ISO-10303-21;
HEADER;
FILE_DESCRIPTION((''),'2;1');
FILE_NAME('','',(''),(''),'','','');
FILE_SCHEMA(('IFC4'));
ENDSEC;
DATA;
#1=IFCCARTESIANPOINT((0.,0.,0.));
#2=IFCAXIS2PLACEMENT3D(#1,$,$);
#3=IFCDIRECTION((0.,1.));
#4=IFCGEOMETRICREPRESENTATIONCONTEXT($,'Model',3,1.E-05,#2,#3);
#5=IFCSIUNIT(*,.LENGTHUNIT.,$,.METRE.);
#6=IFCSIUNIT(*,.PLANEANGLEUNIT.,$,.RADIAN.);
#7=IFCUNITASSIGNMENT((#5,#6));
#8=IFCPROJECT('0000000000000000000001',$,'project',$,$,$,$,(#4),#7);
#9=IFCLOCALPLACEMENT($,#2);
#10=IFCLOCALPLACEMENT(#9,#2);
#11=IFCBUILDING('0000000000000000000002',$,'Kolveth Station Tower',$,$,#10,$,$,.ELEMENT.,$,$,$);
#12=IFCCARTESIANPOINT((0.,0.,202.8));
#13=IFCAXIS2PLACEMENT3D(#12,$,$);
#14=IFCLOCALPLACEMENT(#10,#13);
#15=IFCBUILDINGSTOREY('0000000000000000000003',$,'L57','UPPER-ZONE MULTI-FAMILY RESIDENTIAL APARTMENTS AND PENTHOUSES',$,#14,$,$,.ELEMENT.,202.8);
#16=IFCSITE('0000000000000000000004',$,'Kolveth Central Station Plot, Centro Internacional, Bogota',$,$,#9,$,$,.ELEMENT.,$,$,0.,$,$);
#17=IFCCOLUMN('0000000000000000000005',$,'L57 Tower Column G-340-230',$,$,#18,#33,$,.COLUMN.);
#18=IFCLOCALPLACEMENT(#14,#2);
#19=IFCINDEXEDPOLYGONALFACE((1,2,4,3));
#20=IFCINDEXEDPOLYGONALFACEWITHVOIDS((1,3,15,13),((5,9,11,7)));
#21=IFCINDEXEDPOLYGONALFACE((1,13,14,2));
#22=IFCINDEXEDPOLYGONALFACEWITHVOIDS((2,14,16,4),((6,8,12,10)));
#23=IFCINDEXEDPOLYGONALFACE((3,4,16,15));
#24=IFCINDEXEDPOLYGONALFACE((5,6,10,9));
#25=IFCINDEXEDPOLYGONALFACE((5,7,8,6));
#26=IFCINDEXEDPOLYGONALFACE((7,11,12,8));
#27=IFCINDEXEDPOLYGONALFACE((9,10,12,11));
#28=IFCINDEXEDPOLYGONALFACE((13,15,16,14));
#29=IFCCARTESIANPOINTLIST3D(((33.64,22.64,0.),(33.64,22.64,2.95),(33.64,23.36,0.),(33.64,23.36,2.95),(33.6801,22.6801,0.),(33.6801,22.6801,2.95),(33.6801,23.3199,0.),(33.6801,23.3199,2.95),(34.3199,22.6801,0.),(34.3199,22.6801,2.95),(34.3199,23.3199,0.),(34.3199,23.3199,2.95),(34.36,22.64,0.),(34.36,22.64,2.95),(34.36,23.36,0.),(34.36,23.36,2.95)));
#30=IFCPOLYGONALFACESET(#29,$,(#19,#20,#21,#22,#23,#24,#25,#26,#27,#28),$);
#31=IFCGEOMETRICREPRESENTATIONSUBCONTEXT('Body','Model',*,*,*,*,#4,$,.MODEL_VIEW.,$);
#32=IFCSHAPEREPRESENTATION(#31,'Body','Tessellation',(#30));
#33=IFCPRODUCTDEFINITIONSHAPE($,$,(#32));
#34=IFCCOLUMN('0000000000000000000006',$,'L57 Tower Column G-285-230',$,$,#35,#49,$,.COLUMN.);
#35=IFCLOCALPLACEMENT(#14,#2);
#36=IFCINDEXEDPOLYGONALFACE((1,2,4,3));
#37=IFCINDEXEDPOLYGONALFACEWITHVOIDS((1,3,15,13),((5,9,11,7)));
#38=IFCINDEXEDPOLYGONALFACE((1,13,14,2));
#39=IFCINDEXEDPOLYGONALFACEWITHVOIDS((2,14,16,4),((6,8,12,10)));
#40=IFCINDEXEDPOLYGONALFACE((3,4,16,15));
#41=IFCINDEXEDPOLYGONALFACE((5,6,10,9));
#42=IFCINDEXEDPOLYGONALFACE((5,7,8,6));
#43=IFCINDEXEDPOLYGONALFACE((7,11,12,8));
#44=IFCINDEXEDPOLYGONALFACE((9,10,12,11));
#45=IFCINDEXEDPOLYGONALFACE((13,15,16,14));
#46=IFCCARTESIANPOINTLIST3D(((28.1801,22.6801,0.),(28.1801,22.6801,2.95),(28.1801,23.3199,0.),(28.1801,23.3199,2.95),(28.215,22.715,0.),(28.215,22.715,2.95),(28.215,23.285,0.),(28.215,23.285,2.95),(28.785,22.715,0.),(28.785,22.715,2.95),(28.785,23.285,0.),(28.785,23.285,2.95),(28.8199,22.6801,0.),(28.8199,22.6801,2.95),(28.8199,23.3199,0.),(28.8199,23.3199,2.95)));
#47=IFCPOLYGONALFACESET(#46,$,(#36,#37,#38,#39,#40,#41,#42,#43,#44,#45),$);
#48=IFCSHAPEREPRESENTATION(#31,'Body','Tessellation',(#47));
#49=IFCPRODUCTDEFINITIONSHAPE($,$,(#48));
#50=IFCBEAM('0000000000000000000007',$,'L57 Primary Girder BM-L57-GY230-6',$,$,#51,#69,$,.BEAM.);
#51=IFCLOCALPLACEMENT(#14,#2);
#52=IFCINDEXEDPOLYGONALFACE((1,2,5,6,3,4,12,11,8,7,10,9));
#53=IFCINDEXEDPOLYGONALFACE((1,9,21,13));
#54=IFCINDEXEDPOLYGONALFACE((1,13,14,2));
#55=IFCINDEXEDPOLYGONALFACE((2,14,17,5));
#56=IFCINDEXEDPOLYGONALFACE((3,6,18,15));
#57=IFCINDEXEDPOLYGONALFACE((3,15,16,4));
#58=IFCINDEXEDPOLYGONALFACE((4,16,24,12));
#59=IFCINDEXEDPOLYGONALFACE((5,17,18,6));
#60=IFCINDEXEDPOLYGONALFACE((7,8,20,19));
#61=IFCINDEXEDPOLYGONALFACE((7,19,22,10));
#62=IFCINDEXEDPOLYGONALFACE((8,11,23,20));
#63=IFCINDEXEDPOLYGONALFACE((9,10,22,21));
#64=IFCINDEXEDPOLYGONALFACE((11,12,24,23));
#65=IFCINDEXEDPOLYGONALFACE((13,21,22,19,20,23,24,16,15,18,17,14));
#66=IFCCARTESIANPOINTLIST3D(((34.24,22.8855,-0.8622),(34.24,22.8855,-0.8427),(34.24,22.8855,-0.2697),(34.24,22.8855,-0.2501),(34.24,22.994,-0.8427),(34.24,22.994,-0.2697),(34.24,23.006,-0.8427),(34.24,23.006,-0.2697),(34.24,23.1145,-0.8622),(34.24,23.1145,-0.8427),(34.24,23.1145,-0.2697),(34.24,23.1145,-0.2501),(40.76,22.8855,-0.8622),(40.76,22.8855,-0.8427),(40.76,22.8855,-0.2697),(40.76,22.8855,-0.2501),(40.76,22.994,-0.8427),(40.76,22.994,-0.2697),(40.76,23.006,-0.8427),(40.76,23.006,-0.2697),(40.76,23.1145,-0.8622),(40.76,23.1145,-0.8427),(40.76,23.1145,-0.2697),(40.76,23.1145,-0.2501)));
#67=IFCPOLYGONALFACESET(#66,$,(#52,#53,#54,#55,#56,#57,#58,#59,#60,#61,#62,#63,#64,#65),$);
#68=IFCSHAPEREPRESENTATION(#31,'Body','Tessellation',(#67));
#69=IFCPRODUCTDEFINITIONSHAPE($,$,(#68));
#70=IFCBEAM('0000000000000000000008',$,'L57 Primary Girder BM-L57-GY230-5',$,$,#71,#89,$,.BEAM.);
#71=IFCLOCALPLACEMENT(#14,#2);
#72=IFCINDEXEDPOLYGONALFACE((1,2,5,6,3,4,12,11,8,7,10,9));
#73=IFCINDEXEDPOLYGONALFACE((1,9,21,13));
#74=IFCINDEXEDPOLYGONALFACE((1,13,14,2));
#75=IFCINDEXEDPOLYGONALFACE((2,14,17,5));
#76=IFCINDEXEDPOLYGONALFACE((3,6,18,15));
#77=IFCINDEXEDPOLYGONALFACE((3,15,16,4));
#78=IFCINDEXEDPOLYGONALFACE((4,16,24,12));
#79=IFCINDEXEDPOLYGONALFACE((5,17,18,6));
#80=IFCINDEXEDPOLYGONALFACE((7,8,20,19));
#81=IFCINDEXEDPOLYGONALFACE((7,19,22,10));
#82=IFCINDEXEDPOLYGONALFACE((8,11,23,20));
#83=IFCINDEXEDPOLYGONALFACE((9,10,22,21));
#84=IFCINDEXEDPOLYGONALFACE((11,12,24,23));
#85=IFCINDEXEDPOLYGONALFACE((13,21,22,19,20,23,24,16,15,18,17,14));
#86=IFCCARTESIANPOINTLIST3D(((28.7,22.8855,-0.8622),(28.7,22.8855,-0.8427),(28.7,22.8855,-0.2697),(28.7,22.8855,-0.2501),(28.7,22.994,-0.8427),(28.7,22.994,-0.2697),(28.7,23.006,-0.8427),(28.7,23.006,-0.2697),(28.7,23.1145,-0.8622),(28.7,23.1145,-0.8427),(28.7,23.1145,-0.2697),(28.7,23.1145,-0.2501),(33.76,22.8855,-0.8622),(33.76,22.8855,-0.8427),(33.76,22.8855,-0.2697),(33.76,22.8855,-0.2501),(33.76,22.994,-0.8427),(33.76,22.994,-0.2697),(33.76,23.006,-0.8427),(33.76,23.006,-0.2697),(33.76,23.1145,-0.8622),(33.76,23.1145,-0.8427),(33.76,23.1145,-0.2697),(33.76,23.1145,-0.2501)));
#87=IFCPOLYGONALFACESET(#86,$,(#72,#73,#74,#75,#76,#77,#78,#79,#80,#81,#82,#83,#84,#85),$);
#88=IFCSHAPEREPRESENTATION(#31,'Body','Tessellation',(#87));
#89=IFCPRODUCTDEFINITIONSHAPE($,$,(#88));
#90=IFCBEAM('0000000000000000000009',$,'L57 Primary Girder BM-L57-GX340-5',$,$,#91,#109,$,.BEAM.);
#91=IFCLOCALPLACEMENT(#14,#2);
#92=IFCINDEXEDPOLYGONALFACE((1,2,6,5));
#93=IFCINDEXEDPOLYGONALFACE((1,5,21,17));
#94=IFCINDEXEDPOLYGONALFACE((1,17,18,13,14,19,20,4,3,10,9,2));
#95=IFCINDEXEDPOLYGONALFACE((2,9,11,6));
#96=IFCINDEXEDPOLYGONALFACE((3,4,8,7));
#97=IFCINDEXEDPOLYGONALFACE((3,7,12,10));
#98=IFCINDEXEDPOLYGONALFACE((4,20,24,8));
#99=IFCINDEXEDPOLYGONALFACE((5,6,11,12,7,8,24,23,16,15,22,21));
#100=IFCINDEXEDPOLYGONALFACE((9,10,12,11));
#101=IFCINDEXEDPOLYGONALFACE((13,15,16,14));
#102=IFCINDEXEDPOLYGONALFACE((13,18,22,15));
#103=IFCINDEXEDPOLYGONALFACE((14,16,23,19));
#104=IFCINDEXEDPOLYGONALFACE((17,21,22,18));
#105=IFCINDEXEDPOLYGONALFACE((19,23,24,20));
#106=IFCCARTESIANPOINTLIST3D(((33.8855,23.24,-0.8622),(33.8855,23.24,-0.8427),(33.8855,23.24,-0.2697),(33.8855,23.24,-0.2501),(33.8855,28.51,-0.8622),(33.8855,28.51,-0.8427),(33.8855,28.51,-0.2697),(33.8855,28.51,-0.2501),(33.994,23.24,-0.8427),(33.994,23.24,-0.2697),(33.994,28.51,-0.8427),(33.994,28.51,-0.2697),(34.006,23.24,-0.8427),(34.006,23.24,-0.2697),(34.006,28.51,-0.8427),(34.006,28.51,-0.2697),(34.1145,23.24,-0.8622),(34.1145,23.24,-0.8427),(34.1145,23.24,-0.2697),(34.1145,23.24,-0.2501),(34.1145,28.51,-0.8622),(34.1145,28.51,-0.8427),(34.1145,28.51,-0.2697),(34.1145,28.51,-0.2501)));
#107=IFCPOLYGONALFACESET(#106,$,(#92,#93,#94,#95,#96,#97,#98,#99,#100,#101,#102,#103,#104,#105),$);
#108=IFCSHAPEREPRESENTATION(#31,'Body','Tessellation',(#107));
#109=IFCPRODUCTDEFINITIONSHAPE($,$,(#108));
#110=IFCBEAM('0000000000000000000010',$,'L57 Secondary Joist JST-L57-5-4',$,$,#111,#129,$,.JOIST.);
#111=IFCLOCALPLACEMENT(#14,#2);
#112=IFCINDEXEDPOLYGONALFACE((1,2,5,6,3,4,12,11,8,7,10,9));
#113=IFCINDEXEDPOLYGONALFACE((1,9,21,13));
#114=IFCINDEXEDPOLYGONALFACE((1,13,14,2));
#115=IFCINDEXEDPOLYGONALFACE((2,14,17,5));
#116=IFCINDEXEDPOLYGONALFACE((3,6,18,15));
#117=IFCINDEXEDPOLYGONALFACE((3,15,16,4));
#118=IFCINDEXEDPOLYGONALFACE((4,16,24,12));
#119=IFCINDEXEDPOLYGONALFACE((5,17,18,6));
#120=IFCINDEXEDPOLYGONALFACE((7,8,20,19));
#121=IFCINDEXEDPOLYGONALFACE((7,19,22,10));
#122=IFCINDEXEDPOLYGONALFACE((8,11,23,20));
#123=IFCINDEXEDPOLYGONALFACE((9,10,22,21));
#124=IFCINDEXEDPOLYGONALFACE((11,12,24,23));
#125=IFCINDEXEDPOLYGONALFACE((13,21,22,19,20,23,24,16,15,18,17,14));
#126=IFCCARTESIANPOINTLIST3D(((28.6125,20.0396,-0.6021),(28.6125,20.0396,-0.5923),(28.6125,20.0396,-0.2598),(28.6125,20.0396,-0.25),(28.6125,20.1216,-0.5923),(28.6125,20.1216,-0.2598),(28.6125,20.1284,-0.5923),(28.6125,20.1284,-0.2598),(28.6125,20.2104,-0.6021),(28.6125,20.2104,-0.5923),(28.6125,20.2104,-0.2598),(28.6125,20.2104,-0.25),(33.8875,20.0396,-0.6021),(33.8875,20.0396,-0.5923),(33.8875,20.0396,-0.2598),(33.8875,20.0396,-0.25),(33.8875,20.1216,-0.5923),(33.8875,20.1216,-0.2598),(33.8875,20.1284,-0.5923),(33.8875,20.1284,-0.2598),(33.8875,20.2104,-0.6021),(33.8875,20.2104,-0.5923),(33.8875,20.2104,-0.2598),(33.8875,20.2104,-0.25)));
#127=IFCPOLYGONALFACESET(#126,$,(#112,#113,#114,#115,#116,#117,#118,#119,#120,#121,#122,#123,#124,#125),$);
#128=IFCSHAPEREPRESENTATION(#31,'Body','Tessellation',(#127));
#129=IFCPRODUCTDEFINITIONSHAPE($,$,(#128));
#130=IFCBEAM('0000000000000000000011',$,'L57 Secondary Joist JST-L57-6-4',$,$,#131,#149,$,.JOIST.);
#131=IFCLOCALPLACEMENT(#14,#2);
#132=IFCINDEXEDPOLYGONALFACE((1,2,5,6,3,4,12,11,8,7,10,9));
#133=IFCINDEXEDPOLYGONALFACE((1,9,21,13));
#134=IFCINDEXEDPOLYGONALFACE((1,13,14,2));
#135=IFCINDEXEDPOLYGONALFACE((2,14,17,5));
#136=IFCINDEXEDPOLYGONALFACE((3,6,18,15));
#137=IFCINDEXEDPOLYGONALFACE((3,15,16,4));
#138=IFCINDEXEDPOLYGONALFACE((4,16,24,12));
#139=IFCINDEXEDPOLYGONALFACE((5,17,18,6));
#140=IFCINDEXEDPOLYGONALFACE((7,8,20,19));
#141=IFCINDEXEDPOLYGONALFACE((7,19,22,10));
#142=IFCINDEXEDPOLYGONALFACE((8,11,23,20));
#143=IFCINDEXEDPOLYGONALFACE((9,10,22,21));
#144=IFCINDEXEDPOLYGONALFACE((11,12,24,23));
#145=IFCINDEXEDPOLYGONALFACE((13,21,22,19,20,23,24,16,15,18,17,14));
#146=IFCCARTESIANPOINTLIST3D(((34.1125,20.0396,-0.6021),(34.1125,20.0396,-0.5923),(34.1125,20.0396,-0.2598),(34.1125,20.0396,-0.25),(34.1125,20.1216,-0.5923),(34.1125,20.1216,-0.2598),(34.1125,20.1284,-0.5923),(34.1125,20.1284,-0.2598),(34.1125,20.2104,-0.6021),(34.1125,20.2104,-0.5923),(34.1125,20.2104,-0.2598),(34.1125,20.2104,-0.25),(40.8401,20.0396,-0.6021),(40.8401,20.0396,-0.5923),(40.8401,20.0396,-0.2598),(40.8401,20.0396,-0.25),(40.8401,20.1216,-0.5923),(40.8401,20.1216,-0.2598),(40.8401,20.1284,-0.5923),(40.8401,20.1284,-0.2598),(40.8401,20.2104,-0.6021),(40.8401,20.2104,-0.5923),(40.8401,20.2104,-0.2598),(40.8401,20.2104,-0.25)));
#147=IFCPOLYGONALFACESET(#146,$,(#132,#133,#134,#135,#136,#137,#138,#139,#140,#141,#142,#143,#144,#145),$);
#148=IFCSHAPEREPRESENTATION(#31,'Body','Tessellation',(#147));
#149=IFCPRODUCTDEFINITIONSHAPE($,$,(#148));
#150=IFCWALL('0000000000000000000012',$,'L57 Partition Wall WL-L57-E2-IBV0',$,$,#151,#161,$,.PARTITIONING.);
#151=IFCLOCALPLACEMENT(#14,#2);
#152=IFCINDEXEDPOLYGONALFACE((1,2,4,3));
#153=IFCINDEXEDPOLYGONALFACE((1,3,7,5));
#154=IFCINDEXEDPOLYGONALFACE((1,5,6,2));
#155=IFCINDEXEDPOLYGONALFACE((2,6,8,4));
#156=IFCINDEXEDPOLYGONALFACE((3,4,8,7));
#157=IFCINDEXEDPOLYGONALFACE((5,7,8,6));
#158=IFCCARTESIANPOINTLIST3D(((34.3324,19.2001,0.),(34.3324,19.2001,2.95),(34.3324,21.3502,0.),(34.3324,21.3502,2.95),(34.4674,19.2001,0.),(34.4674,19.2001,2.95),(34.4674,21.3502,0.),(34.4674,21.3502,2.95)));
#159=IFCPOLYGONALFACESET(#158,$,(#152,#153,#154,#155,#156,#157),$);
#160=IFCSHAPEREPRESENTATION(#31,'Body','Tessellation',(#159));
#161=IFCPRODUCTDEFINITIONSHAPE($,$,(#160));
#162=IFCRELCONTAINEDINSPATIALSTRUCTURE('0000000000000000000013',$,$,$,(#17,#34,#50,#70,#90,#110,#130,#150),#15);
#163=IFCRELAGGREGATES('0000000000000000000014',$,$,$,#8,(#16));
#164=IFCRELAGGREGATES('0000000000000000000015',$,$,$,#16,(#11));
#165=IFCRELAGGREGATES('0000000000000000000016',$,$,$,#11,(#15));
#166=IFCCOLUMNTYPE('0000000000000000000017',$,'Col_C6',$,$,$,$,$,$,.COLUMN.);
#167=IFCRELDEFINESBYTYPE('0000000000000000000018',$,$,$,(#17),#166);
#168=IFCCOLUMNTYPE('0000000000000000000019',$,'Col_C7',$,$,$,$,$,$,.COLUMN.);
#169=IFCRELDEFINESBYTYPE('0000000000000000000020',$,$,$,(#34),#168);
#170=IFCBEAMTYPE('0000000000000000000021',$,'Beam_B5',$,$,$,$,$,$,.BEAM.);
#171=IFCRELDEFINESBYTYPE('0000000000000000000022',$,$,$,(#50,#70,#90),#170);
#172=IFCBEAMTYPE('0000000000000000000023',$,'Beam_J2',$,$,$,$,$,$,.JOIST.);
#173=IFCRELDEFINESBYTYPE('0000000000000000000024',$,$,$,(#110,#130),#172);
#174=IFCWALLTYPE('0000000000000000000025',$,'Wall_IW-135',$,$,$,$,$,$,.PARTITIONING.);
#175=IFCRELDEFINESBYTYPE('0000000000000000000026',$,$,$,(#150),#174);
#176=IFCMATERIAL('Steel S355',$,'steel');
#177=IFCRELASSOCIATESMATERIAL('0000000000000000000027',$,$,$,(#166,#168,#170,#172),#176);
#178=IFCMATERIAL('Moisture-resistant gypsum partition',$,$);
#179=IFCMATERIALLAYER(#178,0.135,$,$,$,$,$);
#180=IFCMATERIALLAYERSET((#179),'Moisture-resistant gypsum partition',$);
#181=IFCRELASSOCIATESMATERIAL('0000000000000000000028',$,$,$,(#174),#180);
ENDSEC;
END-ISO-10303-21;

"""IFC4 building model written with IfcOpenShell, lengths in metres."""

from ifc_helpers import new_model, si_unit, direction, frame, frame_2d, origin, origin_2d, place, context, subcontext, project, spatial, rectangle, hollow_rectangle, i_section, extrude, source, transform, mapped, material, layer, layer_set, material_profile, profile_set, type_object, element, save


model = new_model("IFC4")

# Units and contexts
model_context = context("Model", 3, precision=1e-05, world=origin(), true_north=direction((0.0, 1.0)))
body_context = subcontext(model_context, "Body", "Model", "MODEL_VIEW")
ifc_project = project(units=[si_unit("LENGTHUNIT", "METRE"), si_unit("PLANEANGLEUNIT", "RADIAN")], contexts=[model_context])

# Site, building, storey
site_placement = place(None, origin())
site = spatial("IfcSite", under=ifc_project, at=site_placement, Name="Kolveth Central Station Plot, Centro Internacional, Bogota", CompositionType="ELEMENT", RefElevation=0.0)
building_placement = place(site_placement, origin())
building = spatial("IfcBuilding", under=site, at=building_placement, Name="Kolveth Station Tower", CompositionType="ELEMENT")
storey_placement = place(building_placement, frame((0.0, 0.0, 202.8)))
storey = spatial("IfcBuildingStorey", under=building, at=storey_placement, Name="L57", Description="UPPER-ZONE MULTI-FAMILY RESIDENTIAL APARTMENTS AND PENTHOUSES", CompositionType="ELEMENT", Elevation=202.8)

# Columns
ifc_material_1 = material(Name="Steel S355", Category="steel")
ifc_material_profile_1 = material_profile(ifc_material_1, hollow_rectangle(XDim=0.72, YDim=0.72, WallThickness=0.04, at=origin_2d()), Name="BOX720x720x40")
ifc_profile_set_1 = profile_set([ifc_material_profile_1], Name="Steel S355")
column_type_1 = type_object("IfcColumnType", Name="Col_C6", PredefinedType="COLUMN", material=ifc_profile_set_1)
shared_shape_1 = source(origin(), body_context, "Body", "SweptSolid", [
    extrude(hollow_rectangle(XDim=0.72, YDim=0.72, WallThickness=0.04, at=origin_2d()), origin(), (0.0, 0.0, 1.0), 2.95),
])
column_1_placement = place(storey_placement, frame((34.0, 23.0, 0.0), z_axis=(0.0, 0.0, 1.0), x_axis=(1.0, 0.0, 0.0)))
element("IfcColumn", 1, at=column_1_placement, inside=storey, type_object=column_type_1, Name="L57 Tower Column G-340-230", PredefinedType="COLUMN", context=body_context, shape_type="MappedRepresentation", body=[
    mapped(shared_shape_1, transform((0.0, 0.0, 0.0), x_axis=(1.0, 0.0, 0.0), y_axis=(0.0, 1.0, 0.0), z_axis=(0.0, 0.0, 1.0), scale=1.0)),
])
ifc_material_profile_2 = material_profile(ifc_material_1, hollow_rectangle(XDim=0.6399, YDim=0.6399, WallThickness=0.0349, at=origin_2d()), Name="BOX640x640x35")
ifc_profile_set_2 = profile_set([ifc_material_profile_2], Name="Steel S355")
column_type_2 = type_object("IfcColumnType", Name="Col_C7", PredefinedType="COLUMN", material=ifc_profile_set_2)
shared_shape_2 = source(origin(), body_context, "Body", "SweptSolid", [
    extrude(hollow_rectangle(XDim=0.6399, YDim=0.6399, WallThickness=0.0349, at=origin_2d()), origin(), (0.0, 0.0, 1.0), 2.95),
])
column_2_placement = place(storey_placement, frame((28.5, 23.0, 0.0), z_axis=(0.0, 0.0, 1.0), x_axis=(1.0, 0.0, 0.0)))
element("IfcColumn", 2, at=column_2_placement, inside=storey, type_object=column_type_2, Name="L57 Tower Column G-285-230", PredefinedType="COLUMN", context=body_context, shape_type="MappedRepresentation", body=[
    mapped(shared_shape_2, transform((0.0, 0.0, 0.0), x_axis=(1.0, 0.0, 0.0), y_axis=(0.0, 1.0, 0.0), z_axis=(0.0, 0.0, 1.0), scale=1.0)),
])

# Beams
ifc_material_profile_3 = material_profile(ifc_material_1, i_section(OverallWidth=0.229, OverallDepth=0.6121, WebThickness=0.012, FlangeThickness=0.0195, at=origin_2d()), Name="W610x125")
ifc_profile_set_3 = profile_set([ifc_material_profile_3], Name="Steel S355")
beam_type_1 = type_object("IfcBeamType", Name="Beam_B5", PredefinedType="BEAM", material=ifc_profile_set_3)
shared_shape_3 = source(origin(), body_context, "Body", "SweptSolid", [
    extrude(i_section(OverallWidth=0.229, OverallDepth=0.6121, WebThickness=0.012, FlangeThickness=0.0195, at=origin_2d()), origin(), (0.0, 0.0, 1.0), 6.52),
])
beam_1_placement = place(storey_placement, frame((34.24, 23.0, -0.5562), z_axis=(1.0, 0.0, 0.0), x_axis=(0.0, 1.0, 0.0)))
element("IfcBeam", 3, at=beam_1_placement, inside=storey, type_object=beam_type_1, Name="L57 Primary Girder BM-L57-GY230-6", PredefinedType="BEAM", context=body_context, shape_type="MappedRepresentation", body=[
    mapped(shared_shape_3, transform((0.0, 0.0, 0.0), x_axis=(1.0, 0.0, 0.0), y_axis=(0.0, 1.0, 0.0), z_axis=(0.0, 0.0, 1.0), scale=1.0)),
])
shared_shape_4 = source(origin(), body_context, "Body", "SweptSolid", [
    extrude(i_section(OverallWidth=0.229, OverallDepth=0.6121, WebThickness=0.012, FlangeThickness=0.0195, at=origin_2d()), origin(), (0.0, 0.0, 1.0), 5.0601),
])
beam_2_placement = place(storey_placement, frame((28.7, 23.0, -0.5562), z_axis=(1.0, 0.0, 0.0), x_axis=(0.0, 1.0, 0.0)))
element("IfcBeam", 4, at=beam_2_placement, inside=storey, type_object=beam_type_1, Name="L57 Primary Girder BM-L57-GY230-5", PredefinedType="BEAM", context=body_context, shape_type="MappedRepresentation", body=[
    mapped(shared_shape_4, transform((0.0, 0.0, 0.0), x_axis=(1.0, 0.0, 0.0), y_axis=(0.0, 1.0, 0.0), z_axis=(0.0, 0.0, 1.0), scale=1.0)),
])
shared_shape_5 = source(origin(), body_context, "Body", "SweptSolid", [
    extrude(i_section(OverallWidth=0.229, OverallDepth=0.6121, WebThickness=0.012, FlangeThickness=0.0195, at=origin_2d()), origin(), (0.0, 0.0, 1.0), 5.27),
])
beam_3_placement = place(storey_placement, frame((34.0, 23.24, -0.5562), z_axis=(0.0, 1.0, 0.0), x_axis=(-1.0, 0.0, 0.0)))
element("IfcBeam", 5, at=beam_3_placement, inside=storey, type_object=beam_type_1, Name="L57 Primary Girder BM-L57-GX340-5", PredefinedType="BEAM", context=body_context, shape_type="MappedRepresentation", body=[
    mapped(shared_shape_5, transform((0.0, 0.0, 0.0), x_axis=(1.0, 0.0, 0.0), y_axis=(0.0, 1.0, 0.0), z_axis=(0.0, 0.0, 1.0), scale=1.0)),
])
ifc_material_profile_4 = material_profile(ifc_material_1, i_section(OverallWidth=0.1709, OverallDepth=0.3521, WebThickness=0.0068, FlangeThickness=0.0098, at=origin_2d()), Name="W360x44")
ifc_profile_set_4 = profile_set([ifc_material_profile_4], Name="Steel S355")
beam_type_2 = type_object("IfcBeamType", Name="Beam_J2", PredefinedType="JOIST", material=ifc_profile_set_4)
shared_shape_6 = source(origin(), body_context, "Body", "SweptSolid", [
    extrude(i_section(OverallWidth=0.1709, OverallDepth=0.3521, WebThickness=0.0068, FlangeThickness=0.0098, at=origin_2d()), origin(), (0.0, 0.0, 1.0), 5.2749),
])
beam_4_placement = place(storey_placement, frame((28.6125, 20.125, -0.426), z_axis=(1.0, 0.0, 0.0), x_axis=(0.0, 1.0, 0.0)))
element("IfcBeam", 6, at=beam_4_placement, inside=storey, type_object=beam_type_2, Name="L57 Secondary Joist JST-L57-5-4", PredefinedType="JOIST", context=body_context, shape_type="MappedRepresentation", body=[
    mapped(shared_shape_6, transform((0.0, 0.0, 0.0), x_axis=(1.0, 0.0, 0.0), y_axis=(0.0, 1.0, 0.0), z_axis=(0.0, 0.0, 1.0), scale=1.0)),
])
shared_shape_7 = source(origin(), body_context, "Body", "SweptSolid", [
    extrude(i_section(OverallWidth=0.1709, OverallDepth=0.3521, WebThickness=0.0068, FlangeThickness=0.0098, at=origin_2d()), origin(), (0.0, 0.0, 1.0), 6.7275),
])
beam_5_placement = place(storey_placement, frame((34.1125, 20.125, -0.426), z_axis=(1.0, 0.0, 0.0), x_axis=(0.0, 1.0, 0.0)))
element("IfcBeam", 7, at=beam_5_placement, inside=storey, type_object=beam_type_2, Name="L57 Secondary Joist JST-L57-6-4", PredefinedType="JOIST", context=body_context, shape_type="MappedRepresentation", body=[
    mapped(shared_shape_7, transform((0.0, 0.0, 0.0), x_axis=(1.0, 0.0, 0.0), y_axis=(0.0, 1.0, 0.0), z_axis=(0.0, 0.0, 1.0), scale=1.0)),
])

# Wall
ifc_material_2 = material(Name="Moisture-resistant gypsum partition")
ifc_layer_1 = layer(ifc_material_2, 0.135)
ifc_layer_set_1 = layer_set([ifc_layer_1], Name="Moisture-resistant gypsum partition")
wall_type_1 = type_object("IfcWallType", Name="Wall_IW-135", PredefinedType="PARTITIONING", material=ifc_layer_set_1)
wall_1_placement = place(storey_placement, frame((34.3999, 19.2, 0.0), z_axis=(0.0, 0.0, 1.0), x_axis=(0.0, 1.0, 0.0)))
element("IfcWall", 8, at=wall_1_placement, inside=storey, type_object=wall_type_1, Name="L57 Partition Wall WL-L57-E2-IBV0", PredefinedType="PARTITIONING", context=body_context, shape_type="SweptSolid", body=[
    extrude(rectangle(XDim=2.1501, YDim=0.135, at=frame_2d((1.0752, 0.0))), origin(), (0.0, 0.0, 1.0), 2.95),
])

save(model, "model.ifc")
